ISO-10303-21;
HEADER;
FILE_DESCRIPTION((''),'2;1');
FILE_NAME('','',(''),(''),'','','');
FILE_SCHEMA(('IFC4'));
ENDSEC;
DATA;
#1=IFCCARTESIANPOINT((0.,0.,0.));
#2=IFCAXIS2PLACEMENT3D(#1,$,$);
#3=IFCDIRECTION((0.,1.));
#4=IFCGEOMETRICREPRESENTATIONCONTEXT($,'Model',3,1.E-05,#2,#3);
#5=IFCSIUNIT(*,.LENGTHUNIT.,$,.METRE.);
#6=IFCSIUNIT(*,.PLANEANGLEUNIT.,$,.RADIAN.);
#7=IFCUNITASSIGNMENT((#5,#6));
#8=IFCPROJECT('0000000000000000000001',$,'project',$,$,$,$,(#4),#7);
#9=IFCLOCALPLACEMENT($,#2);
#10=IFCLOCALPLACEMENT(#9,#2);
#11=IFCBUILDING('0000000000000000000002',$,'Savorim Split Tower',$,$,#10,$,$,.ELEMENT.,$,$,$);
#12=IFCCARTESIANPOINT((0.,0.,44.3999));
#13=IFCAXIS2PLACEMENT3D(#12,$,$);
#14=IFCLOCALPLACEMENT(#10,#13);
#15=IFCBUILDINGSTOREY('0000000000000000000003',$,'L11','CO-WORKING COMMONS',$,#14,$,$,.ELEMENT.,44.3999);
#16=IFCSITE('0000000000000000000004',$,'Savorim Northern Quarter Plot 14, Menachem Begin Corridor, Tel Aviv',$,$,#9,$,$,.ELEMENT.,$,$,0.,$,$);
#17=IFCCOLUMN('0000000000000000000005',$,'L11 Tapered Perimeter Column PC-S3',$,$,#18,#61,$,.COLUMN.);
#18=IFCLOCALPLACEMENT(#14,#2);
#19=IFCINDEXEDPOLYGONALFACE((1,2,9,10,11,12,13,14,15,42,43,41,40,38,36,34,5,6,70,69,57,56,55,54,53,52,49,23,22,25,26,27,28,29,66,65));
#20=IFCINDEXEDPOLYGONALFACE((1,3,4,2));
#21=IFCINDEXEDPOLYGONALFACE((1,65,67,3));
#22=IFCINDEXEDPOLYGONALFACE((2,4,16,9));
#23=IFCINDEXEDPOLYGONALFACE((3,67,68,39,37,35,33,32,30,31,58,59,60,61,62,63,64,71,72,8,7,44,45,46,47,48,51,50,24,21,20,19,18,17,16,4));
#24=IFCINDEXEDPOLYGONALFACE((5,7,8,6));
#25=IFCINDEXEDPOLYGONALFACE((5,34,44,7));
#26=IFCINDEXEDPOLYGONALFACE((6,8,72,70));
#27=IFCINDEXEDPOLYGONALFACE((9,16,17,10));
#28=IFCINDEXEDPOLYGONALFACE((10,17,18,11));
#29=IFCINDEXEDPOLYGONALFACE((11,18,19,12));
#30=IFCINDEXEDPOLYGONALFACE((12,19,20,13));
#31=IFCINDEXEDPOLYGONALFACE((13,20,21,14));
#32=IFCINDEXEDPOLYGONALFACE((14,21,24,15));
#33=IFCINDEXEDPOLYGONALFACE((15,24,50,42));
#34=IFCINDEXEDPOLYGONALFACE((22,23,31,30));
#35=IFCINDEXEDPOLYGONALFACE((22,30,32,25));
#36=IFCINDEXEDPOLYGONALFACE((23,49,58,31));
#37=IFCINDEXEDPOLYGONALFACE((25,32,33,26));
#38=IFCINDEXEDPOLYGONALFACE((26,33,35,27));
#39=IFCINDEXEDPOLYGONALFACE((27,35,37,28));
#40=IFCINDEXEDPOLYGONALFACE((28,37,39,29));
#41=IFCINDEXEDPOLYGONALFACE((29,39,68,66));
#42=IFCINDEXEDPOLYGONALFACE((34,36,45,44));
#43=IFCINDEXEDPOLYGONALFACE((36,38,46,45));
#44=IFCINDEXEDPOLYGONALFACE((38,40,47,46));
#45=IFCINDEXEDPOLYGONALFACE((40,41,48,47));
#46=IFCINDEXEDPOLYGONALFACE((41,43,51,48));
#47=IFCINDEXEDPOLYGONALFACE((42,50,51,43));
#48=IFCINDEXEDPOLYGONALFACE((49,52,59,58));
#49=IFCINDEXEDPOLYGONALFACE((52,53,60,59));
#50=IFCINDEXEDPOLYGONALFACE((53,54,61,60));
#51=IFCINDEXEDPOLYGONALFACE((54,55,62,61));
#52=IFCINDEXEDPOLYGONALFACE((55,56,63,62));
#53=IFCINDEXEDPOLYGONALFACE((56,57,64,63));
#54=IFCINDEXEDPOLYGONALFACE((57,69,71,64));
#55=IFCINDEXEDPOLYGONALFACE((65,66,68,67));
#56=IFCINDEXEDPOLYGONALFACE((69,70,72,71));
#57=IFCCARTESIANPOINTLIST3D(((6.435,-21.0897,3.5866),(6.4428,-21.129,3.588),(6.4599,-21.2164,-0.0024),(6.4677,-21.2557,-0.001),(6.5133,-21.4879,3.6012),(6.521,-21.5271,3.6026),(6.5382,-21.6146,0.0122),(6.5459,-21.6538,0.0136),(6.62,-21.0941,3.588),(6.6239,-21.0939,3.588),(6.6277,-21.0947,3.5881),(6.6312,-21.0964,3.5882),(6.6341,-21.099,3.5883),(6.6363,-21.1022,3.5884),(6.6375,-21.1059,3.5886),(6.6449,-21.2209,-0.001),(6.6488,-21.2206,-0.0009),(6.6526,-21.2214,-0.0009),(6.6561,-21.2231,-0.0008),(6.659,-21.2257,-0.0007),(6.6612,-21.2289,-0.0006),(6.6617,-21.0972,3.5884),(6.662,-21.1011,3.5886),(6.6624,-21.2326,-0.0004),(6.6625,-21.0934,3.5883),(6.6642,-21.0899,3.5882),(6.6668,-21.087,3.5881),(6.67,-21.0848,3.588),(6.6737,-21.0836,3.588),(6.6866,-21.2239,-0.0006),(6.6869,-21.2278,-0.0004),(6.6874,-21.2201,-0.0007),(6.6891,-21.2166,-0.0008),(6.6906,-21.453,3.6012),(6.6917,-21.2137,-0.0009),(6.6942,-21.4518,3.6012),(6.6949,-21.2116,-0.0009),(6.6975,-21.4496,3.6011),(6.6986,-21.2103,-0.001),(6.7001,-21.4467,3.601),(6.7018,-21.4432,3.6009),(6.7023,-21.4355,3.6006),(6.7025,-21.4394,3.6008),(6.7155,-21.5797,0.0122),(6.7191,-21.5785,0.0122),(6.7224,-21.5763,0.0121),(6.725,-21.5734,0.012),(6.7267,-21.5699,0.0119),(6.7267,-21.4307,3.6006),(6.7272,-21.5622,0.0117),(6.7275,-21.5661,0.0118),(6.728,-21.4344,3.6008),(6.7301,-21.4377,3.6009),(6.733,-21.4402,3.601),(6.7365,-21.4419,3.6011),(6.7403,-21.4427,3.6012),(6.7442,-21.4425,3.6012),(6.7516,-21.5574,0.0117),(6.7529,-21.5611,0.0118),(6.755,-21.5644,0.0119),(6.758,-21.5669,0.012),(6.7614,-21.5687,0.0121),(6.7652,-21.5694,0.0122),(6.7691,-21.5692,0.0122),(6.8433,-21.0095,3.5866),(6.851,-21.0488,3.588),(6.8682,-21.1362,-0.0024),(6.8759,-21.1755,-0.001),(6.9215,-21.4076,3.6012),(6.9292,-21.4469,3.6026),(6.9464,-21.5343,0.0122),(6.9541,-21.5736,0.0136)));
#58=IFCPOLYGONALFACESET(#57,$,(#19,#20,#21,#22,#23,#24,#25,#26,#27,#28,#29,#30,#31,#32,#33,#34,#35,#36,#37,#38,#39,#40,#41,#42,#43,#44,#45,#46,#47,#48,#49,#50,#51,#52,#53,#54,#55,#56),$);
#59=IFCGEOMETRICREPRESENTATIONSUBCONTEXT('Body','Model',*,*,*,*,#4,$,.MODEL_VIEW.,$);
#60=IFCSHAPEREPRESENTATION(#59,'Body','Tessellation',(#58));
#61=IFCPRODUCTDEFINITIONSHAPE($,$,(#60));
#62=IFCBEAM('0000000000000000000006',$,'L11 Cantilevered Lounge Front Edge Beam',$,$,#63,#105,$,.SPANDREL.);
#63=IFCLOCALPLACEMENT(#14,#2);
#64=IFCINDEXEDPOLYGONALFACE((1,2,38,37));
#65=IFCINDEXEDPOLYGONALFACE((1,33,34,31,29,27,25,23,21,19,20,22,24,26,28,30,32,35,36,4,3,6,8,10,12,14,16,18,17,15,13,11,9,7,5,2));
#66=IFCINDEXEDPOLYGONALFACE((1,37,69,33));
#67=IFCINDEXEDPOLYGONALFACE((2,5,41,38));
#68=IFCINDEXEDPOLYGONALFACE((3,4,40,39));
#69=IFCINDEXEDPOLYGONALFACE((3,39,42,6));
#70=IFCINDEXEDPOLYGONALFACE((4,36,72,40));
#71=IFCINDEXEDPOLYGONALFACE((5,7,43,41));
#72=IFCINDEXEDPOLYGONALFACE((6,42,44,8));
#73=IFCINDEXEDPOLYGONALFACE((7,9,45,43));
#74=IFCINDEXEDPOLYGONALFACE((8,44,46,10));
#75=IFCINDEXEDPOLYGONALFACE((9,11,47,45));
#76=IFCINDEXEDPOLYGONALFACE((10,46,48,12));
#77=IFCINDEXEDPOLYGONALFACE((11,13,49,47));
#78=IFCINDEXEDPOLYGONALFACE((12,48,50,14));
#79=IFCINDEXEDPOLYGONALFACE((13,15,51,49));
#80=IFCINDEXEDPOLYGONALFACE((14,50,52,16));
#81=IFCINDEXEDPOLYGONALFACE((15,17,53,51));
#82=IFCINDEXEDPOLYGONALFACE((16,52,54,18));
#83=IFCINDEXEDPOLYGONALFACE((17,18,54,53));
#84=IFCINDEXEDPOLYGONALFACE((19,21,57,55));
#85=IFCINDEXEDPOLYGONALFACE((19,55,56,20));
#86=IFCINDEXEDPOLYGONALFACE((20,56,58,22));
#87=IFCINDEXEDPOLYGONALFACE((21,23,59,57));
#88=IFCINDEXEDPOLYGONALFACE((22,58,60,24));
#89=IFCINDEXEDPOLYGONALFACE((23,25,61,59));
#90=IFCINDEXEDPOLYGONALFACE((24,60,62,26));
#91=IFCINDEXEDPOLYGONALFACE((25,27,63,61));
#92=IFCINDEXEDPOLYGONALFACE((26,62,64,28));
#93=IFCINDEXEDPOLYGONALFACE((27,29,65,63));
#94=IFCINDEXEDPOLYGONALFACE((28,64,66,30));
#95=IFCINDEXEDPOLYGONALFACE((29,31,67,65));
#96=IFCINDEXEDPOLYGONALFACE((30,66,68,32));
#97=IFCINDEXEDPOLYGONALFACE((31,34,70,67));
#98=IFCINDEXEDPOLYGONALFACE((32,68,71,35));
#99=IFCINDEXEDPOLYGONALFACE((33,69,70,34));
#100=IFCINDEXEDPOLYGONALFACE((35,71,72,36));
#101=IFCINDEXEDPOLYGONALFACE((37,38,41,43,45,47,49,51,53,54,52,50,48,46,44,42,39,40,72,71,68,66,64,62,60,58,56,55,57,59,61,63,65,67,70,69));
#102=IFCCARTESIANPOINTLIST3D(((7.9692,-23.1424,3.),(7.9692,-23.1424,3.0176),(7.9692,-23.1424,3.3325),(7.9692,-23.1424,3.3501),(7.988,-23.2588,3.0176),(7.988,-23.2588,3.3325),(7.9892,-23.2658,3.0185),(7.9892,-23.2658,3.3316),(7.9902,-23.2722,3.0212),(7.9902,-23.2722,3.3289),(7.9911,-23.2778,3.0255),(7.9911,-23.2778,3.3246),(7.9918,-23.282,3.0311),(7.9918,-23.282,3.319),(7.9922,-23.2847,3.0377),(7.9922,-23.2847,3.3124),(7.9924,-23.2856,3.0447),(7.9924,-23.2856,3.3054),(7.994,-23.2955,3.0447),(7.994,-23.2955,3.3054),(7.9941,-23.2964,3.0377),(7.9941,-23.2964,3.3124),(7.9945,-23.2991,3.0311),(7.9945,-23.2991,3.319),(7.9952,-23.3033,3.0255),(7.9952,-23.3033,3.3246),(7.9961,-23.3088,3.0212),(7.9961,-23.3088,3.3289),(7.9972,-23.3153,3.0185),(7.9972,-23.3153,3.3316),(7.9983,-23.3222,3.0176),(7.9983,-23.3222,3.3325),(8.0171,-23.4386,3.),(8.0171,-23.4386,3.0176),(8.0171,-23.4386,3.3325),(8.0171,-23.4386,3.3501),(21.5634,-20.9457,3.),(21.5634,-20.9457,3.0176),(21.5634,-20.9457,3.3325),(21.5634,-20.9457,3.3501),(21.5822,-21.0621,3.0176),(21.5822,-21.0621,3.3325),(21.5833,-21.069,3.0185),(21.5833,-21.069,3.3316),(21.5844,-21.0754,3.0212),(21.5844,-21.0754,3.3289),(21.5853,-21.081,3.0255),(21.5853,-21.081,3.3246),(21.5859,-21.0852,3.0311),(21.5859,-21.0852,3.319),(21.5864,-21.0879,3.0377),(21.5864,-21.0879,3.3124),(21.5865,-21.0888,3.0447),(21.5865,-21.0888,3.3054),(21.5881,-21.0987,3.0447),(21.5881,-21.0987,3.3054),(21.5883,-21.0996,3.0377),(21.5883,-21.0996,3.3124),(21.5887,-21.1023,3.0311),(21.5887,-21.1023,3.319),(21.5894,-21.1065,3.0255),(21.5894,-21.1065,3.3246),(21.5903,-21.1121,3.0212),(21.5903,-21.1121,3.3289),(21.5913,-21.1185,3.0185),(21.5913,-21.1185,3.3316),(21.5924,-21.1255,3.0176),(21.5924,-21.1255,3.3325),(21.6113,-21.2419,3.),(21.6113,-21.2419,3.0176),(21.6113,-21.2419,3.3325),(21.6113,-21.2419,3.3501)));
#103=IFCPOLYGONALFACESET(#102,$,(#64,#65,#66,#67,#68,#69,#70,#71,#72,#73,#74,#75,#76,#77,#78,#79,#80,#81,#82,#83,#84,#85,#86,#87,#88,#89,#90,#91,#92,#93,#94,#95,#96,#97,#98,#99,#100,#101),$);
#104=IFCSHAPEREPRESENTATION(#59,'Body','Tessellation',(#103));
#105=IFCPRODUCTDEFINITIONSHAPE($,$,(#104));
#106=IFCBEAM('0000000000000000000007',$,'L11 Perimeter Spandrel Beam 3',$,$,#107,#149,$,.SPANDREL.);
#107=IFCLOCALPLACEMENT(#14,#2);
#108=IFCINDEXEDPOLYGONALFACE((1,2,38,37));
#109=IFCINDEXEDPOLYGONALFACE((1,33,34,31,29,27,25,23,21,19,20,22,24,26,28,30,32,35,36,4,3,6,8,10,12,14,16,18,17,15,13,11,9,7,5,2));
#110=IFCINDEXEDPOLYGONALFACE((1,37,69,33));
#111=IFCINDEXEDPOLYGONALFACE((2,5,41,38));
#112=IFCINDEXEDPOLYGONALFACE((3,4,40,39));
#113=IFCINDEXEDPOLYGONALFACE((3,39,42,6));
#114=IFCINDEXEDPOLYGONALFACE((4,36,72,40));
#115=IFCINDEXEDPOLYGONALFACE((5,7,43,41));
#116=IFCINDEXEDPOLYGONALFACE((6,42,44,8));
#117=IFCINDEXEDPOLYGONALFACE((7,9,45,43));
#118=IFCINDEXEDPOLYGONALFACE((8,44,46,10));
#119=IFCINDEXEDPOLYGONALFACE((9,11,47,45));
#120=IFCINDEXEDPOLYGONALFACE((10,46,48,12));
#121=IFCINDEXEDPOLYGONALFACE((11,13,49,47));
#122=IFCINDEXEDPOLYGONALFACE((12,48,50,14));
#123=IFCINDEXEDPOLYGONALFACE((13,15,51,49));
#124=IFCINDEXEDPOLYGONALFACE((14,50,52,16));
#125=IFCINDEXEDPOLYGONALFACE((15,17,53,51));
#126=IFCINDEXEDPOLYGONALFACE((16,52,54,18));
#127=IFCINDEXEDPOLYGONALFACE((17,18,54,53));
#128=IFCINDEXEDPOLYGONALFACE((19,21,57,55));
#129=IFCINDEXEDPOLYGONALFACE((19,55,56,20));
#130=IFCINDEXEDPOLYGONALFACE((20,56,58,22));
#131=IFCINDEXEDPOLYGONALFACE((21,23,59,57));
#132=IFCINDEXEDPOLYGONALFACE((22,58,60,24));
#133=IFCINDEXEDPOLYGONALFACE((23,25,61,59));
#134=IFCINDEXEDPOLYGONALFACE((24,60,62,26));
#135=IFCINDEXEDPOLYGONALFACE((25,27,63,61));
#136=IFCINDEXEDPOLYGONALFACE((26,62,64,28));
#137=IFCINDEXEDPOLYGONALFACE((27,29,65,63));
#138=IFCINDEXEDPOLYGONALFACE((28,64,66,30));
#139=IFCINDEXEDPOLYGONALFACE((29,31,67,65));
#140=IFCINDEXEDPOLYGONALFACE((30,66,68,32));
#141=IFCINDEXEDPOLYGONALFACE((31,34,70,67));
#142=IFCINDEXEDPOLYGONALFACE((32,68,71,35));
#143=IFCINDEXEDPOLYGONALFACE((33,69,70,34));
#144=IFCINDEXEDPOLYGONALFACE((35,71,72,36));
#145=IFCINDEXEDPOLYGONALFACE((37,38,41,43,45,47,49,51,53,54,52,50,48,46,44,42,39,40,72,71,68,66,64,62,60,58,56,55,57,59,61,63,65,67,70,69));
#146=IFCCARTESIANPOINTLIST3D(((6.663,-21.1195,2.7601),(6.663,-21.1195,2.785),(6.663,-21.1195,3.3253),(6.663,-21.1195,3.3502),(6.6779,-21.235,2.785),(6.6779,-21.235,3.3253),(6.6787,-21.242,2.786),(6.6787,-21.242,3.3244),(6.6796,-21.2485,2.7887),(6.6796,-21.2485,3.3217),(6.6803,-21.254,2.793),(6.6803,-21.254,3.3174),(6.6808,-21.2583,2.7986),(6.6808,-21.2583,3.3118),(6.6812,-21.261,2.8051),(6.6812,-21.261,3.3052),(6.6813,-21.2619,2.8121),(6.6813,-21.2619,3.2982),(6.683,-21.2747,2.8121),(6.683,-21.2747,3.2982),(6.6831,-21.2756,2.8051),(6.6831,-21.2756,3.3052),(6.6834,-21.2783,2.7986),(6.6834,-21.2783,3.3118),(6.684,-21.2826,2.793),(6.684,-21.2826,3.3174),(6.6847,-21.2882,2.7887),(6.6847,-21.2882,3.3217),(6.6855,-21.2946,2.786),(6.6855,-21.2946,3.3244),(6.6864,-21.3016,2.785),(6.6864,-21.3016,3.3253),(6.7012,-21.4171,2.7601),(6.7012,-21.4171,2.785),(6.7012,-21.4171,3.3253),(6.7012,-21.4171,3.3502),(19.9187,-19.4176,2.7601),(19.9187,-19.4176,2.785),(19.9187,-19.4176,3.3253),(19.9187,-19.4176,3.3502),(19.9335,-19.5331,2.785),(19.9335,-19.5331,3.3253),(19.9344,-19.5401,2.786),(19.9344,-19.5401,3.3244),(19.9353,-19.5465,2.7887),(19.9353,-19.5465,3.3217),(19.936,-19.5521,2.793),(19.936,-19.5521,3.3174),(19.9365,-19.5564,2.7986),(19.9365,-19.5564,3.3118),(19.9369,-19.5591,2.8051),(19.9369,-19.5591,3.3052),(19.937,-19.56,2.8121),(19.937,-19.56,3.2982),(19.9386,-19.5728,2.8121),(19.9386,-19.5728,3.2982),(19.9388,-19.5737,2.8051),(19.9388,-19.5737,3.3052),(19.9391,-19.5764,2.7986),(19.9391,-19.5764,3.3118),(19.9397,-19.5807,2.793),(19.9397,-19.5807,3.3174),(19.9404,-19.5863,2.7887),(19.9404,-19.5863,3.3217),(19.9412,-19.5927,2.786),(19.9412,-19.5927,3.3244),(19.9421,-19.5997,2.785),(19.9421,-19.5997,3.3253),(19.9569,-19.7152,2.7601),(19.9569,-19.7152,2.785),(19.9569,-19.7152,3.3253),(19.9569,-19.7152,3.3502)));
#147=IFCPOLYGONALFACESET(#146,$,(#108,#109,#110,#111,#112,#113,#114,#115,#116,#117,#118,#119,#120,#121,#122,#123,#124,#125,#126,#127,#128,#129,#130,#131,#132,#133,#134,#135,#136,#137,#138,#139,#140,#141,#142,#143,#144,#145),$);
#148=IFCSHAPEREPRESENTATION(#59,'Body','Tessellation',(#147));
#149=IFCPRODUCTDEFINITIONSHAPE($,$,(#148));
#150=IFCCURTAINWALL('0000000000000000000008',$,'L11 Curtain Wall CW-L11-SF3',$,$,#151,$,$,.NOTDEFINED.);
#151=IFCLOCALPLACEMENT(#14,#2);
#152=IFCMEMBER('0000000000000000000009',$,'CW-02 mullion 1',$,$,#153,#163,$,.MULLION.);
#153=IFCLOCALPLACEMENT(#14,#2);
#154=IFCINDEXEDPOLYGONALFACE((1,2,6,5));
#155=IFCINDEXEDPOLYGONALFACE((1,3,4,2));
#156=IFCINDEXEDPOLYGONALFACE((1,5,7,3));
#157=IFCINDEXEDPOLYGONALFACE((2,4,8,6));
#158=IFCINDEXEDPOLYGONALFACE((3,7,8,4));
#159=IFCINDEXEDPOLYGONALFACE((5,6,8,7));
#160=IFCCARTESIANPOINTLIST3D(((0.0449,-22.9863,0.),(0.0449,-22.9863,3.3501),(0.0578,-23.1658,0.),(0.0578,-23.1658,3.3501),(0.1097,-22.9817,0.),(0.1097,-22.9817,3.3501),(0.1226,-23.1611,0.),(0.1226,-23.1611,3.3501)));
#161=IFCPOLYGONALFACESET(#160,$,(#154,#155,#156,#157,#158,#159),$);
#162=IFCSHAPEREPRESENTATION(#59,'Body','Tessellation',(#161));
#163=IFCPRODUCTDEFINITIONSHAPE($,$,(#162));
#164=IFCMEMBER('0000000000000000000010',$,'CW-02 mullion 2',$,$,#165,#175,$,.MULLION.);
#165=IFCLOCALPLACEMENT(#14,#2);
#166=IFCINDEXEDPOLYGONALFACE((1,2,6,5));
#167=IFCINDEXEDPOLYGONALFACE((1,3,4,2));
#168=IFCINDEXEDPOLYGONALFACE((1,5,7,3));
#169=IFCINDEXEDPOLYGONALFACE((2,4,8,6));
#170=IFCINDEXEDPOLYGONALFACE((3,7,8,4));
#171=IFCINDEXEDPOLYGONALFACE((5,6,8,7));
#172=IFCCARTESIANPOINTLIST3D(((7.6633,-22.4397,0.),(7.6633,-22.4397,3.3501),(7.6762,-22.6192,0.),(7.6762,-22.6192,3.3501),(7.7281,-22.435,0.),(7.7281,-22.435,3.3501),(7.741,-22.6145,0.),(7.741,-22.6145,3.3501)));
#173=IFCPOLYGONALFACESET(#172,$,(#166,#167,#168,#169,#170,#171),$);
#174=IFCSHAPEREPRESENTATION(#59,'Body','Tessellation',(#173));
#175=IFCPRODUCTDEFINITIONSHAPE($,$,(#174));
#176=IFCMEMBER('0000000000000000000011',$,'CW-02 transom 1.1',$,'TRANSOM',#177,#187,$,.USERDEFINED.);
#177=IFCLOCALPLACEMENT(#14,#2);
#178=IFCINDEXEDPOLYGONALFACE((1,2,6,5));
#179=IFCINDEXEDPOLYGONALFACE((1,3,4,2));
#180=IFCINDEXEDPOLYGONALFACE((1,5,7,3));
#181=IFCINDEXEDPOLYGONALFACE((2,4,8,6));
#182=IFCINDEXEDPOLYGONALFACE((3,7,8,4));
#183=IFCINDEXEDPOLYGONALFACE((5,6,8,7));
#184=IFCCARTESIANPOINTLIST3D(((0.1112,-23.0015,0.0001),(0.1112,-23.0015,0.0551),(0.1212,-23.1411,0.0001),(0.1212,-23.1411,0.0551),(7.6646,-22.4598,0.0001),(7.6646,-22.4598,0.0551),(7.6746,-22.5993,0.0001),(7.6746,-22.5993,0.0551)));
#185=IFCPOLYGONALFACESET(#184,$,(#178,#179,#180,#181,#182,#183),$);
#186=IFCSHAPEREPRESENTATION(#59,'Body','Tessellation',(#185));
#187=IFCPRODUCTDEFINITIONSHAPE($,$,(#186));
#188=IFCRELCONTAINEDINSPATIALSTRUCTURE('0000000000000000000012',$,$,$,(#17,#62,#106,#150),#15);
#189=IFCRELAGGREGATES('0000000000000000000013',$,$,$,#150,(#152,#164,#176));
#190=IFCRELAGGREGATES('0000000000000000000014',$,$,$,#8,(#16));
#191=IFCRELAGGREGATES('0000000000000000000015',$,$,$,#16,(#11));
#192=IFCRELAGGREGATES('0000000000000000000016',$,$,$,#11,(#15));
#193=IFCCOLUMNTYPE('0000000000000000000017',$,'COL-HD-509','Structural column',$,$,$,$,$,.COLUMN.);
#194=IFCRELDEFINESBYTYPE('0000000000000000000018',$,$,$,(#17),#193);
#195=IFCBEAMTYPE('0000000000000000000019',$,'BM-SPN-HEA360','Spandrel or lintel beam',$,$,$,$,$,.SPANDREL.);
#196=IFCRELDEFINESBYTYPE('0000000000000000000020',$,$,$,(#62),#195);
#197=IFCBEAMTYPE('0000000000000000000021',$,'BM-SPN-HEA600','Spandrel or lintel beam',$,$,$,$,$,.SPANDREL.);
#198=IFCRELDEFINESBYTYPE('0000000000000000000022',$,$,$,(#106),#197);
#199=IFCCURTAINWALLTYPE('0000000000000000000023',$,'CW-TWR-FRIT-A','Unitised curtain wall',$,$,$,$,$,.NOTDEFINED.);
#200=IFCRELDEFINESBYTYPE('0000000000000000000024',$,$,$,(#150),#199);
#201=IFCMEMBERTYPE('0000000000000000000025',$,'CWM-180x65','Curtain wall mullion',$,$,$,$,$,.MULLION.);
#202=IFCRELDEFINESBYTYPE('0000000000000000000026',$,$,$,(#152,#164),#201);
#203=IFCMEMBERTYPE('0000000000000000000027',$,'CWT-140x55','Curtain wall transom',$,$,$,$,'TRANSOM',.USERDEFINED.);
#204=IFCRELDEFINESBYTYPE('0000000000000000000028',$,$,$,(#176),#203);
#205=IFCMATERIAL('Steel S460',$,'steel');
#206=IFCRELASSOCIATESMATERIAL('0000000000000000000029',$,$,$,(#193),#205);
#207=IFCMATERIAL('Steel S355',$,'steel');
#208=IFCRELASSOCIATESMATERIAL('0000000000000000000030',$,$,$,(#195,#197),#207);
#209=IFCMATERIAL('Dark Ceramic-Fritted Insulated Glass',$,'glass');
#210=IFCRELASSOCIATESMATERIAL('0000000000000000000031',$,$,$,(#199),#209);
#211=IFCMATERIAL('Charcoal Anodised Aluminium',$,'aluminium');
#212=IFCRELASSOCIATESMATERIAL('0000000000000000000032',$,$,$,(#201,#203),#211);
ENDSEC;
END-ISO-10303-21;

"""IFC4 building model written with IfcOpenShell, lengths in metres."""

from ifc_helpers import new_model, si_unit, direction, frame, origin, origin_2d, place, context, subcontext, project, spatial, rectangle, i_section, extrude, material, material_profile, profile_set, type_object, element, aggregate, save


model = new_model("IFC4")

# Units and contexts
model_context = context("Model", 3, precision=1e-05, world=origin(), true_north=direction((0.0, 1.0)))
body_context = subcontext(model_context, "Body", "Model", "MODEL_VIEW")
ifc_project = project(units=[si_unit("LENGTHUNIT", "METRE"), si_unit("PLANEANGLEUNIT", "RADIAN")], contexts=[model_context])

# Site, building, storey
site_placement = place(None, origin())
site = spatial("IfcSite", under=ifc_project, at=site_placement, Name="Savorim Northern Quarter Plot 14, Menachem Begin Corridor, Tel Aviv", CompositionType="ELEMENT", RefElevation=0.0)
building_placement = place(site_placement, origin())
building = spatial("IfcBuilding", under=site, at=building_placement, Name="Savorim Split Tower", CompositionType="ELEMENT")
storey_placement = place(building_placement, frame((0.0, 0.0, 44.3999)))
storey = spatial("IfcBuildingStorey", under=building, at=storey_placement, Name="L11", Description="CO-WORKING COMMONS", CompositionType="ELEMENT", Elevation=44.3999)

# Column
ifc_material_1 = material(Name="Steel S460", Category="steel")
ifc_material_profile_1 = material_profile(ifc_material_1, i_section(OverallWidth=0.416, OverallDepth=0.446, WebThickness=0.0249, FlangeThickness=0.04, FilletRadius=0.0149, at=origin_2d()), Name="HD 400x509")
ifc_profile_set_1 = profile_set([ifc_material_profile_1], Name="Steel S460")
column_type = type_object("IfcColumnType", Name="COL-HD-509", Description="Structural column", PredefinedType="COLUMN", material=ifc_profile_set_1)
column_placement = place(storey_placement, frame((6.707, -21.395, 0.0056), z_axis=(-0.006934, 0.035283, 0.999353), x_axis=(-0.98123, -0.192843, 0.0)))
element("IfcColumn", 1, at=column_placement, inside=storey, type_object=column_type, Name="L11 Tapered Perimeter Column PC-S3", PredefinedType="COLUMN", context=body_context, shape_type="SweptSolid", body=[
    extrude(i_section(OverallWidth=0.416, OverallDepth=0.446, WebThickness=0.0249, FlangeThickness=0.04, FilletRadius=0.0149, at=origin_2d()), origin(), (0.0, 0.0, 1.0), 3.5913),
])

# Beams
ifc_material_2 = material(Name="Steel S355", Category="steel")
ifc_material_profile_2 = material_profile(ifc_material_2, i_section(OverallWidth=0.3, OverallDepth=0.3501, WebThickness=0.01, FlangeThickness=0.0176, FilletRadius=0.0271, at=origin_2d()), Name="HEA 360")
ifc_profile_set_2 = profile_set([ifc_material_profile_2], Name="Steel S355")
beam_type_1 = type_object("IfcBeamType", Name="BM-SPN-HEA360", Description="Spandrel or lintel beam", PredefinedType="SPANDREL", material=ifc_profile_set_2)
beam_1_placement = place(storey_placement, frame((7.9932, -23.2905, 3.175), z_axis=(0.987194, 0.159527, 0.0), x_axis=(-0.159527, 0.987194, 0.0)))
element("IfcBeam", 2, at=beam_1_placement, inside=storey, type_object=beam_type_1, Name="L11 Cantilevered Lounge Front Edge Beam", PredefinedType="SPANDREL", context=body_context, shape_type="SweptSolid", body=[
    extrude(i_section(OverallWidth=0.3, OverallDepth=0.3501, WebThickness=0.01, FlangeThickness=0.0176, FilletRadius=0.0271, at=origin_2d()), origin(), (0.0, 0.0, 1.0), 13.7705),
])
ifc_material_profile_3 = material_profile(ifc_material_2, i_section(OverallWidth=0.3, OverallDepth=0.5901, WebThickness=0.0129, FlangeThickness=0.0249, FilletRadius=0.0271, at=origin_2d()), Name="HEA 600")
ifc_profile_set_3 = profile_set([ifc_material_profile_3], Name="Steel S355")
beam_type_2 = type_object("IfcBeamType", Name="BM-SPN-HEA600", Description="Spandrel or lintel beam", PredefinedType="SPANDREL", material=ifc_profile_set_3)
beam_2_placement = place(storey_placement, frame((6.6821, -21.2683, 3.0552), z_axis=(0.991858, 0.127346, 0.0), x_axis=(-0.127346, 0.991858, 0.0)))
element("IfcBeam", 3, at=beam_2_placement, inside=storey, type_object=beam_type_2, Name="L11 Perimeter Spandrel Beam 3", PredefinedType="SPANDREL", context=body_context, shape_type="SweptSolid", body=[
    extrude(i_section(OverallWidth=0.3, OverallDepth=0.5901, WebThickness=0.0129, FlangeThickness=0.0249, FilletRadius=0.0271, at=origin_2d()), origin(), (0.0, 0.0, 1.0), 13.3645),
])

# Curtain wall, members
ifc_material_3 = material(Name="Dark Ceramic-Fritted Insulated Glass", Category="glass")
curtain_wall_type = type_object("IfcCurtainWallType", Name="CW-TWR-FRIT-A", Description="Unitised curtain wall", PredefinedType="NOTDEFINED", material=ifc_material_3)
curtain_wall_placement = place(storey_placement, origin())
curtain_wall = element("IfcCurtainWall", 4, at=curtain_wall_placement, inside=storey, type_object=curtain_wall_type, Name="L11 Curtain Wall CW-L11-SF3", PredefinedType="NOTDEFINED")
ifc_material_4 = material(Name="Charcoal Anodised Aluminium", Category="aluminium")
ifc_material_profile_4 = material_profile(ifc_material_4, rectangle(XDim=0.1799, YDim=0.0649, at=origin_2d()), Name="ALU-M 180x65")
ifc_profile_set_4 = profile_set([ifc_material_profile_4], Name="Charcoal Anodised Aluminium")
member_type_1 = type_object("IfcMemberType", Name="CWM-180x65", Description="Curtain wall mullion", PredefinedType="MULLION", material=ifc_profile_set_4)
member_1_placement = place(storey_placement, frame((0.0837, -23.0737, 0.0), z_axis=(0.0, 0.0, 1.0), x_axis=(-0.07156, 0.997436, 0.0)))
member_1 = element("IfcMember", 5, at=member_1_placement, type_object=member_type_1, Name="CW-02 mullion 1", PredefinedType="MULLION", context=body_context, shape_type="SweptSolid", body=[
    extrude(rectangle(XDim=0.1799, YDim=0.0649, at=origin_2d()), origin(), (0.0, 0.0, 1.0), 3.3501),
])
member_2_placement = place(storey_placement, frame((7.7021, -22.5271, 0.0), z_axis=(0.0, 0.0, 1.0), x_axis=(-0.07156, 0.997436, 0.0)))
member_2 = element("IfcMember", 6, at=member_2_placement, type_object=member_type_1, Name="CW-02 mullion 2", PredefinedType="MULLION", context=body_context, shape_type="SweptSolid", body=[
    extrude(rectangle(XDim=0.1799, YDim=0.0649, at=origin_2d()), origin(), (0.0, 0.0, 1.0), 3.3501),
])
ifc_material_profile_5 = material_profile(ifc_material_4, rectangle(XDim=0.1399, YDim=0.0549, at=origin_2d()), Name="ALU-T 140x55")
ifc_profile_set_5 = profile_set([ifc_material_profile_5], Name="Charcoal Anodised Aluminium")
member_type_2 = type_object("IfcMemberType", Name="CWT-140x55", Description="Curtain wall transom", ElementType="TRANSOM", PredefinedType="USERDEFINED", material=ifc_profile_set_5)
member_3_placement = place(storey_placement, frame((0.1162, -23.0713, 0.0276), z_axis=(0.997438, 0.071538, 0.0), x_axis=(-0.071538, 0.997438, 0.0)))
member_3 = element("IfcMember", 7, at=member_3_placement, type_object=member_type_2, Name="CW-02 transom 1.1", ObjectType="TRANSOM", PredefinedType="USERDEFINED", context=body_context, shape_type="SweptSolid", body=[
    extrude(rectangle(XDim=0.1399, YDim=0.0549, at=origin_2d()), origin(), (0.0, 0.0, 1.0), 7.5728),
])

aggregate(curtain_wall, [member_1, member_2, member_3])

save(model, "model.ifc")
